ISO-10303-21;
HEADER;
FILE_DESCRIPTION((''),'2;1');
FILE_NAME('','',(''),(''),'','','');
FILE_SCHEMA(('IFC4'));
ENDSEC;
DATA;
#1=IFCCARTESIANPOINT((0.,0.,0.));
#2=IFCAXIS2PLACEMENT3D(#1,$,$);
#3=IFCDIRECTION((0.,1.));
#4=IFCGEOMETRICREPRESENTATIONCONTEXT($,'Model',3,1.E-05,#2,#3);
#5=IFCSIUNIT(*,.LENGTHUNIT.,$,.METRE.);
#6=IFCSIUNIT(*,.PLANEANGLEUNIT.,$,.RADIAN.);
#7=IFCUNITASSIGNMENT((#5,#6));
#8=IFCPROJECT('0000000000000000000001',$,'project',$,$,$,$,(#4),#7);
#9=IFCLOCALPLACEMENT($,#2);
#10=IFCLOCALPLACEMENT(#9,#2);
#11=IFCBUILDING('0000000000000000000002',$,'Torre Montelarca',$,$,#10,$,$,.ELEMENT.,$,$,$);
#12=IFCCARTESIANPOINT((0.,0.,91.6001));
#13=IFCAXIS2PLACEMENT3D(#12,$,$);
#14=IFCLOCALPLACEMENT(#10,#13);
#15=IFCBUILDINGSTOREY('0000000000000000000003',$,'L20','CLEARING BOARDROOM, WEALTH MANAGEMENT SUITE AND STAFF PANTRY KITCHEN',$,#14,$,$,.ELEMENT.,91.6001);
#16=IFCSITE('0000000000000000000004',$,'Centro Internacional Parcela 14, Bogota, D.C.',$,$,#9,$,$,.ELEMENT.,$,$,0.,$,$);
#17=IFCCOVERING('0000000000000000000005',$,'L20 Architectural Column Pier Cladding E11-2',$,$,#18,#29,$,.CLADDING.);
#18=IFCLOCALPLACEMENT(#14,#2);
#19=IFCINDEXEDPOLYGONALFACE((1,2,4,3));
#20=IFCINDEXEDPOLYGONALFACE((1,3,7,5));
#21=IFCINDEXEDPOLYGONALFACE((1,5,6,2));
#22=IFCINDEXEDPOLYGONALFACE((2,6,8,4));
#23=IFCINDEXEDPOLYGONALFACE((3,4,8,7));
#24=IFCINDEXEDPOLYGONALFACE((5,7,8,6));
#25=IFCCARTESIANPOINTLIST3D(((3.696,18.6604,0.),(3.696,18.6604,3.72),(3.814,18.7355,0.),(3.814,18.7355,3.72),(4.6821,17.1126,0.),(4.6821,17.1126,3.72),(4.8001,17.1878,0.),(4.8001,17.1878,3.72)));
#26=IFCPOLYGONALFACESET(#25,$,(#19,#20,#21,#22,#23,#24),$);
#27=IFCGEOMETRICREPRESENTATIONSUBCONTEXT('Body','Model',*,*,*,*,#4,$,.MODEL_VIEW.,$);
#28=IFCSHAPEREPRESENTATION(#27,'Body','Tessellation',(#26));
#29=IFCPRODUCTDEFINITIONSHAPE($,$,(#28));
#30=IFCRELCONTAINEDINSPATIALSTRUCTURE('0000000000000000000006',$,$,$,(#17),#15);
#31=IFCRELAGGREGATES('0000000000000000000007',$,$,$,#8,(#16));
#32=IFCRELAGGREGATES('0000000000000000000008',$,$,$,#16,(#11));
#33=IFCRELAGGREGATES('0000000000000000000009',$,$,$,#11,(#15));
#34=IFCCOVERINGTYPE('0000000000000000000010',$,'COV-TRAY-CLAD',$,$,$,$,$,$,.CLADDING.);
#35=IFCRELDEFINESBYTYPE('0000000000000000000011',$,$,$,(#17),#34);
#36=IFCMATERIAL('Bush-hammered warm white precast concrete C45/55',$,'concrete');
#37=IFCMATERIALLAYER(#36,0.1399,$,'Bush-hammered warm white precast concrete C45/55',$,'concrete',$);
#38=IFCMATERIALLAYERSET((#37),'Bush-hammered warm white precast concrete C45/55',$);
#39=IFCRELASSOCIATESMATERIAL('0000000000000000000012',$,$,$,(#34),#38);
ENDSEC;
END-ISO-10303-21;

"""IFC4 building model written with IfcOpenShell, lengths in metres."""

from ifc_helpers import new_model, si_unit, direction, frame, origin, origin_2d, place, context, subcontext, project, spatial, rectangle, extrude, source, transform, mapped, material, layer, layer_set, type_object, element, save


model = new_model("IFC4")

# Units and contexts
model_context = context("Model", 3, precision=1e-05, world=origin(), true_north=direction((0.0, 1.0)))
body_context = subcontext(model_context, "Body", "Model", "MODEL_VIEW")
ifc_project = project(units=[si_unit("LENGTHUNIT", "METRE"), si_unit("PLANEANGLEUNIT", "RADIAN")], contexts=[model_context])

# Site, building, storey
site_placement = place(None, origin())
site = spatial("IfcSite", under=ifc_project, at=site_placement, Name="Centro Internacional Parcela 14, Bogota, D.C.", CompositionType="ELEMENT", RefElevation=0.0)
building_placement = place(site_placement, origin())
building = spatial("IfcBuilding", under=site, at=building_placement, Name="Torre Montelarca", CompositionType="ELEMENT")
storey_placement = place(building_placement, frame((0.0, 0.0, 91.6001)))
storey = spatial("IfcBuildingStorey", under=building, at=storey_placement, Name="L20", Description="CLEARING BOARDROOM, WEALTH MANAGEMENT SUITE AND STAFF PANTRY KITCHEN", CompositionType="ELEMENT", Elevation=91.6001)

# Covering
ifc_material_1 = material(Name="Bush-hammered warm white precast concrete C45/55", Category="concrete")
ifc_layer_1 = layer(ifc_material_1, 0.1399, Name="Bush-hammered warm white precast concrete C45/55", Category="concrete")
ifc_layer_set_1 = layer_set([ifc_layer_1], Name="Bush-hammered warm white precast concrete C45/55")
covering_type = type_object("IfcCoveringType", Name="COV-TRAY-CLAD", PredefinedType="CLADDING", material=ifc_layer_set_1)
shared_shape_1 = source(origin(), body_context, "Body", "SweptSolid", [
    extrude(rectangle(XDim=1.8352, YDim=0.1399, at=origin_2d()), origin(), (0.0, 0.0, 1.0), 3.72),
])
covering_1_placement = place(storey_placement, frame((4.248, 17.9241, 0.0), z_axis=(0.0, 0.0, 1.0), x_axis=(0.537314, -0.843382, 0.0)))
element("IfcCovering", 1, at=covering_1_placement, inside=storey, type_object=covering_type, Name="L20 Architectural Column Pier Cladding E11-2", PredefinedType="CLADDING", context=body_context, shape_type="MappedRepresentation", body=[
    mapped(shared_shape_1, transform((0.0, 0.0, 0.0), scale=1.0)),
])

save(model, "model.ifc")
